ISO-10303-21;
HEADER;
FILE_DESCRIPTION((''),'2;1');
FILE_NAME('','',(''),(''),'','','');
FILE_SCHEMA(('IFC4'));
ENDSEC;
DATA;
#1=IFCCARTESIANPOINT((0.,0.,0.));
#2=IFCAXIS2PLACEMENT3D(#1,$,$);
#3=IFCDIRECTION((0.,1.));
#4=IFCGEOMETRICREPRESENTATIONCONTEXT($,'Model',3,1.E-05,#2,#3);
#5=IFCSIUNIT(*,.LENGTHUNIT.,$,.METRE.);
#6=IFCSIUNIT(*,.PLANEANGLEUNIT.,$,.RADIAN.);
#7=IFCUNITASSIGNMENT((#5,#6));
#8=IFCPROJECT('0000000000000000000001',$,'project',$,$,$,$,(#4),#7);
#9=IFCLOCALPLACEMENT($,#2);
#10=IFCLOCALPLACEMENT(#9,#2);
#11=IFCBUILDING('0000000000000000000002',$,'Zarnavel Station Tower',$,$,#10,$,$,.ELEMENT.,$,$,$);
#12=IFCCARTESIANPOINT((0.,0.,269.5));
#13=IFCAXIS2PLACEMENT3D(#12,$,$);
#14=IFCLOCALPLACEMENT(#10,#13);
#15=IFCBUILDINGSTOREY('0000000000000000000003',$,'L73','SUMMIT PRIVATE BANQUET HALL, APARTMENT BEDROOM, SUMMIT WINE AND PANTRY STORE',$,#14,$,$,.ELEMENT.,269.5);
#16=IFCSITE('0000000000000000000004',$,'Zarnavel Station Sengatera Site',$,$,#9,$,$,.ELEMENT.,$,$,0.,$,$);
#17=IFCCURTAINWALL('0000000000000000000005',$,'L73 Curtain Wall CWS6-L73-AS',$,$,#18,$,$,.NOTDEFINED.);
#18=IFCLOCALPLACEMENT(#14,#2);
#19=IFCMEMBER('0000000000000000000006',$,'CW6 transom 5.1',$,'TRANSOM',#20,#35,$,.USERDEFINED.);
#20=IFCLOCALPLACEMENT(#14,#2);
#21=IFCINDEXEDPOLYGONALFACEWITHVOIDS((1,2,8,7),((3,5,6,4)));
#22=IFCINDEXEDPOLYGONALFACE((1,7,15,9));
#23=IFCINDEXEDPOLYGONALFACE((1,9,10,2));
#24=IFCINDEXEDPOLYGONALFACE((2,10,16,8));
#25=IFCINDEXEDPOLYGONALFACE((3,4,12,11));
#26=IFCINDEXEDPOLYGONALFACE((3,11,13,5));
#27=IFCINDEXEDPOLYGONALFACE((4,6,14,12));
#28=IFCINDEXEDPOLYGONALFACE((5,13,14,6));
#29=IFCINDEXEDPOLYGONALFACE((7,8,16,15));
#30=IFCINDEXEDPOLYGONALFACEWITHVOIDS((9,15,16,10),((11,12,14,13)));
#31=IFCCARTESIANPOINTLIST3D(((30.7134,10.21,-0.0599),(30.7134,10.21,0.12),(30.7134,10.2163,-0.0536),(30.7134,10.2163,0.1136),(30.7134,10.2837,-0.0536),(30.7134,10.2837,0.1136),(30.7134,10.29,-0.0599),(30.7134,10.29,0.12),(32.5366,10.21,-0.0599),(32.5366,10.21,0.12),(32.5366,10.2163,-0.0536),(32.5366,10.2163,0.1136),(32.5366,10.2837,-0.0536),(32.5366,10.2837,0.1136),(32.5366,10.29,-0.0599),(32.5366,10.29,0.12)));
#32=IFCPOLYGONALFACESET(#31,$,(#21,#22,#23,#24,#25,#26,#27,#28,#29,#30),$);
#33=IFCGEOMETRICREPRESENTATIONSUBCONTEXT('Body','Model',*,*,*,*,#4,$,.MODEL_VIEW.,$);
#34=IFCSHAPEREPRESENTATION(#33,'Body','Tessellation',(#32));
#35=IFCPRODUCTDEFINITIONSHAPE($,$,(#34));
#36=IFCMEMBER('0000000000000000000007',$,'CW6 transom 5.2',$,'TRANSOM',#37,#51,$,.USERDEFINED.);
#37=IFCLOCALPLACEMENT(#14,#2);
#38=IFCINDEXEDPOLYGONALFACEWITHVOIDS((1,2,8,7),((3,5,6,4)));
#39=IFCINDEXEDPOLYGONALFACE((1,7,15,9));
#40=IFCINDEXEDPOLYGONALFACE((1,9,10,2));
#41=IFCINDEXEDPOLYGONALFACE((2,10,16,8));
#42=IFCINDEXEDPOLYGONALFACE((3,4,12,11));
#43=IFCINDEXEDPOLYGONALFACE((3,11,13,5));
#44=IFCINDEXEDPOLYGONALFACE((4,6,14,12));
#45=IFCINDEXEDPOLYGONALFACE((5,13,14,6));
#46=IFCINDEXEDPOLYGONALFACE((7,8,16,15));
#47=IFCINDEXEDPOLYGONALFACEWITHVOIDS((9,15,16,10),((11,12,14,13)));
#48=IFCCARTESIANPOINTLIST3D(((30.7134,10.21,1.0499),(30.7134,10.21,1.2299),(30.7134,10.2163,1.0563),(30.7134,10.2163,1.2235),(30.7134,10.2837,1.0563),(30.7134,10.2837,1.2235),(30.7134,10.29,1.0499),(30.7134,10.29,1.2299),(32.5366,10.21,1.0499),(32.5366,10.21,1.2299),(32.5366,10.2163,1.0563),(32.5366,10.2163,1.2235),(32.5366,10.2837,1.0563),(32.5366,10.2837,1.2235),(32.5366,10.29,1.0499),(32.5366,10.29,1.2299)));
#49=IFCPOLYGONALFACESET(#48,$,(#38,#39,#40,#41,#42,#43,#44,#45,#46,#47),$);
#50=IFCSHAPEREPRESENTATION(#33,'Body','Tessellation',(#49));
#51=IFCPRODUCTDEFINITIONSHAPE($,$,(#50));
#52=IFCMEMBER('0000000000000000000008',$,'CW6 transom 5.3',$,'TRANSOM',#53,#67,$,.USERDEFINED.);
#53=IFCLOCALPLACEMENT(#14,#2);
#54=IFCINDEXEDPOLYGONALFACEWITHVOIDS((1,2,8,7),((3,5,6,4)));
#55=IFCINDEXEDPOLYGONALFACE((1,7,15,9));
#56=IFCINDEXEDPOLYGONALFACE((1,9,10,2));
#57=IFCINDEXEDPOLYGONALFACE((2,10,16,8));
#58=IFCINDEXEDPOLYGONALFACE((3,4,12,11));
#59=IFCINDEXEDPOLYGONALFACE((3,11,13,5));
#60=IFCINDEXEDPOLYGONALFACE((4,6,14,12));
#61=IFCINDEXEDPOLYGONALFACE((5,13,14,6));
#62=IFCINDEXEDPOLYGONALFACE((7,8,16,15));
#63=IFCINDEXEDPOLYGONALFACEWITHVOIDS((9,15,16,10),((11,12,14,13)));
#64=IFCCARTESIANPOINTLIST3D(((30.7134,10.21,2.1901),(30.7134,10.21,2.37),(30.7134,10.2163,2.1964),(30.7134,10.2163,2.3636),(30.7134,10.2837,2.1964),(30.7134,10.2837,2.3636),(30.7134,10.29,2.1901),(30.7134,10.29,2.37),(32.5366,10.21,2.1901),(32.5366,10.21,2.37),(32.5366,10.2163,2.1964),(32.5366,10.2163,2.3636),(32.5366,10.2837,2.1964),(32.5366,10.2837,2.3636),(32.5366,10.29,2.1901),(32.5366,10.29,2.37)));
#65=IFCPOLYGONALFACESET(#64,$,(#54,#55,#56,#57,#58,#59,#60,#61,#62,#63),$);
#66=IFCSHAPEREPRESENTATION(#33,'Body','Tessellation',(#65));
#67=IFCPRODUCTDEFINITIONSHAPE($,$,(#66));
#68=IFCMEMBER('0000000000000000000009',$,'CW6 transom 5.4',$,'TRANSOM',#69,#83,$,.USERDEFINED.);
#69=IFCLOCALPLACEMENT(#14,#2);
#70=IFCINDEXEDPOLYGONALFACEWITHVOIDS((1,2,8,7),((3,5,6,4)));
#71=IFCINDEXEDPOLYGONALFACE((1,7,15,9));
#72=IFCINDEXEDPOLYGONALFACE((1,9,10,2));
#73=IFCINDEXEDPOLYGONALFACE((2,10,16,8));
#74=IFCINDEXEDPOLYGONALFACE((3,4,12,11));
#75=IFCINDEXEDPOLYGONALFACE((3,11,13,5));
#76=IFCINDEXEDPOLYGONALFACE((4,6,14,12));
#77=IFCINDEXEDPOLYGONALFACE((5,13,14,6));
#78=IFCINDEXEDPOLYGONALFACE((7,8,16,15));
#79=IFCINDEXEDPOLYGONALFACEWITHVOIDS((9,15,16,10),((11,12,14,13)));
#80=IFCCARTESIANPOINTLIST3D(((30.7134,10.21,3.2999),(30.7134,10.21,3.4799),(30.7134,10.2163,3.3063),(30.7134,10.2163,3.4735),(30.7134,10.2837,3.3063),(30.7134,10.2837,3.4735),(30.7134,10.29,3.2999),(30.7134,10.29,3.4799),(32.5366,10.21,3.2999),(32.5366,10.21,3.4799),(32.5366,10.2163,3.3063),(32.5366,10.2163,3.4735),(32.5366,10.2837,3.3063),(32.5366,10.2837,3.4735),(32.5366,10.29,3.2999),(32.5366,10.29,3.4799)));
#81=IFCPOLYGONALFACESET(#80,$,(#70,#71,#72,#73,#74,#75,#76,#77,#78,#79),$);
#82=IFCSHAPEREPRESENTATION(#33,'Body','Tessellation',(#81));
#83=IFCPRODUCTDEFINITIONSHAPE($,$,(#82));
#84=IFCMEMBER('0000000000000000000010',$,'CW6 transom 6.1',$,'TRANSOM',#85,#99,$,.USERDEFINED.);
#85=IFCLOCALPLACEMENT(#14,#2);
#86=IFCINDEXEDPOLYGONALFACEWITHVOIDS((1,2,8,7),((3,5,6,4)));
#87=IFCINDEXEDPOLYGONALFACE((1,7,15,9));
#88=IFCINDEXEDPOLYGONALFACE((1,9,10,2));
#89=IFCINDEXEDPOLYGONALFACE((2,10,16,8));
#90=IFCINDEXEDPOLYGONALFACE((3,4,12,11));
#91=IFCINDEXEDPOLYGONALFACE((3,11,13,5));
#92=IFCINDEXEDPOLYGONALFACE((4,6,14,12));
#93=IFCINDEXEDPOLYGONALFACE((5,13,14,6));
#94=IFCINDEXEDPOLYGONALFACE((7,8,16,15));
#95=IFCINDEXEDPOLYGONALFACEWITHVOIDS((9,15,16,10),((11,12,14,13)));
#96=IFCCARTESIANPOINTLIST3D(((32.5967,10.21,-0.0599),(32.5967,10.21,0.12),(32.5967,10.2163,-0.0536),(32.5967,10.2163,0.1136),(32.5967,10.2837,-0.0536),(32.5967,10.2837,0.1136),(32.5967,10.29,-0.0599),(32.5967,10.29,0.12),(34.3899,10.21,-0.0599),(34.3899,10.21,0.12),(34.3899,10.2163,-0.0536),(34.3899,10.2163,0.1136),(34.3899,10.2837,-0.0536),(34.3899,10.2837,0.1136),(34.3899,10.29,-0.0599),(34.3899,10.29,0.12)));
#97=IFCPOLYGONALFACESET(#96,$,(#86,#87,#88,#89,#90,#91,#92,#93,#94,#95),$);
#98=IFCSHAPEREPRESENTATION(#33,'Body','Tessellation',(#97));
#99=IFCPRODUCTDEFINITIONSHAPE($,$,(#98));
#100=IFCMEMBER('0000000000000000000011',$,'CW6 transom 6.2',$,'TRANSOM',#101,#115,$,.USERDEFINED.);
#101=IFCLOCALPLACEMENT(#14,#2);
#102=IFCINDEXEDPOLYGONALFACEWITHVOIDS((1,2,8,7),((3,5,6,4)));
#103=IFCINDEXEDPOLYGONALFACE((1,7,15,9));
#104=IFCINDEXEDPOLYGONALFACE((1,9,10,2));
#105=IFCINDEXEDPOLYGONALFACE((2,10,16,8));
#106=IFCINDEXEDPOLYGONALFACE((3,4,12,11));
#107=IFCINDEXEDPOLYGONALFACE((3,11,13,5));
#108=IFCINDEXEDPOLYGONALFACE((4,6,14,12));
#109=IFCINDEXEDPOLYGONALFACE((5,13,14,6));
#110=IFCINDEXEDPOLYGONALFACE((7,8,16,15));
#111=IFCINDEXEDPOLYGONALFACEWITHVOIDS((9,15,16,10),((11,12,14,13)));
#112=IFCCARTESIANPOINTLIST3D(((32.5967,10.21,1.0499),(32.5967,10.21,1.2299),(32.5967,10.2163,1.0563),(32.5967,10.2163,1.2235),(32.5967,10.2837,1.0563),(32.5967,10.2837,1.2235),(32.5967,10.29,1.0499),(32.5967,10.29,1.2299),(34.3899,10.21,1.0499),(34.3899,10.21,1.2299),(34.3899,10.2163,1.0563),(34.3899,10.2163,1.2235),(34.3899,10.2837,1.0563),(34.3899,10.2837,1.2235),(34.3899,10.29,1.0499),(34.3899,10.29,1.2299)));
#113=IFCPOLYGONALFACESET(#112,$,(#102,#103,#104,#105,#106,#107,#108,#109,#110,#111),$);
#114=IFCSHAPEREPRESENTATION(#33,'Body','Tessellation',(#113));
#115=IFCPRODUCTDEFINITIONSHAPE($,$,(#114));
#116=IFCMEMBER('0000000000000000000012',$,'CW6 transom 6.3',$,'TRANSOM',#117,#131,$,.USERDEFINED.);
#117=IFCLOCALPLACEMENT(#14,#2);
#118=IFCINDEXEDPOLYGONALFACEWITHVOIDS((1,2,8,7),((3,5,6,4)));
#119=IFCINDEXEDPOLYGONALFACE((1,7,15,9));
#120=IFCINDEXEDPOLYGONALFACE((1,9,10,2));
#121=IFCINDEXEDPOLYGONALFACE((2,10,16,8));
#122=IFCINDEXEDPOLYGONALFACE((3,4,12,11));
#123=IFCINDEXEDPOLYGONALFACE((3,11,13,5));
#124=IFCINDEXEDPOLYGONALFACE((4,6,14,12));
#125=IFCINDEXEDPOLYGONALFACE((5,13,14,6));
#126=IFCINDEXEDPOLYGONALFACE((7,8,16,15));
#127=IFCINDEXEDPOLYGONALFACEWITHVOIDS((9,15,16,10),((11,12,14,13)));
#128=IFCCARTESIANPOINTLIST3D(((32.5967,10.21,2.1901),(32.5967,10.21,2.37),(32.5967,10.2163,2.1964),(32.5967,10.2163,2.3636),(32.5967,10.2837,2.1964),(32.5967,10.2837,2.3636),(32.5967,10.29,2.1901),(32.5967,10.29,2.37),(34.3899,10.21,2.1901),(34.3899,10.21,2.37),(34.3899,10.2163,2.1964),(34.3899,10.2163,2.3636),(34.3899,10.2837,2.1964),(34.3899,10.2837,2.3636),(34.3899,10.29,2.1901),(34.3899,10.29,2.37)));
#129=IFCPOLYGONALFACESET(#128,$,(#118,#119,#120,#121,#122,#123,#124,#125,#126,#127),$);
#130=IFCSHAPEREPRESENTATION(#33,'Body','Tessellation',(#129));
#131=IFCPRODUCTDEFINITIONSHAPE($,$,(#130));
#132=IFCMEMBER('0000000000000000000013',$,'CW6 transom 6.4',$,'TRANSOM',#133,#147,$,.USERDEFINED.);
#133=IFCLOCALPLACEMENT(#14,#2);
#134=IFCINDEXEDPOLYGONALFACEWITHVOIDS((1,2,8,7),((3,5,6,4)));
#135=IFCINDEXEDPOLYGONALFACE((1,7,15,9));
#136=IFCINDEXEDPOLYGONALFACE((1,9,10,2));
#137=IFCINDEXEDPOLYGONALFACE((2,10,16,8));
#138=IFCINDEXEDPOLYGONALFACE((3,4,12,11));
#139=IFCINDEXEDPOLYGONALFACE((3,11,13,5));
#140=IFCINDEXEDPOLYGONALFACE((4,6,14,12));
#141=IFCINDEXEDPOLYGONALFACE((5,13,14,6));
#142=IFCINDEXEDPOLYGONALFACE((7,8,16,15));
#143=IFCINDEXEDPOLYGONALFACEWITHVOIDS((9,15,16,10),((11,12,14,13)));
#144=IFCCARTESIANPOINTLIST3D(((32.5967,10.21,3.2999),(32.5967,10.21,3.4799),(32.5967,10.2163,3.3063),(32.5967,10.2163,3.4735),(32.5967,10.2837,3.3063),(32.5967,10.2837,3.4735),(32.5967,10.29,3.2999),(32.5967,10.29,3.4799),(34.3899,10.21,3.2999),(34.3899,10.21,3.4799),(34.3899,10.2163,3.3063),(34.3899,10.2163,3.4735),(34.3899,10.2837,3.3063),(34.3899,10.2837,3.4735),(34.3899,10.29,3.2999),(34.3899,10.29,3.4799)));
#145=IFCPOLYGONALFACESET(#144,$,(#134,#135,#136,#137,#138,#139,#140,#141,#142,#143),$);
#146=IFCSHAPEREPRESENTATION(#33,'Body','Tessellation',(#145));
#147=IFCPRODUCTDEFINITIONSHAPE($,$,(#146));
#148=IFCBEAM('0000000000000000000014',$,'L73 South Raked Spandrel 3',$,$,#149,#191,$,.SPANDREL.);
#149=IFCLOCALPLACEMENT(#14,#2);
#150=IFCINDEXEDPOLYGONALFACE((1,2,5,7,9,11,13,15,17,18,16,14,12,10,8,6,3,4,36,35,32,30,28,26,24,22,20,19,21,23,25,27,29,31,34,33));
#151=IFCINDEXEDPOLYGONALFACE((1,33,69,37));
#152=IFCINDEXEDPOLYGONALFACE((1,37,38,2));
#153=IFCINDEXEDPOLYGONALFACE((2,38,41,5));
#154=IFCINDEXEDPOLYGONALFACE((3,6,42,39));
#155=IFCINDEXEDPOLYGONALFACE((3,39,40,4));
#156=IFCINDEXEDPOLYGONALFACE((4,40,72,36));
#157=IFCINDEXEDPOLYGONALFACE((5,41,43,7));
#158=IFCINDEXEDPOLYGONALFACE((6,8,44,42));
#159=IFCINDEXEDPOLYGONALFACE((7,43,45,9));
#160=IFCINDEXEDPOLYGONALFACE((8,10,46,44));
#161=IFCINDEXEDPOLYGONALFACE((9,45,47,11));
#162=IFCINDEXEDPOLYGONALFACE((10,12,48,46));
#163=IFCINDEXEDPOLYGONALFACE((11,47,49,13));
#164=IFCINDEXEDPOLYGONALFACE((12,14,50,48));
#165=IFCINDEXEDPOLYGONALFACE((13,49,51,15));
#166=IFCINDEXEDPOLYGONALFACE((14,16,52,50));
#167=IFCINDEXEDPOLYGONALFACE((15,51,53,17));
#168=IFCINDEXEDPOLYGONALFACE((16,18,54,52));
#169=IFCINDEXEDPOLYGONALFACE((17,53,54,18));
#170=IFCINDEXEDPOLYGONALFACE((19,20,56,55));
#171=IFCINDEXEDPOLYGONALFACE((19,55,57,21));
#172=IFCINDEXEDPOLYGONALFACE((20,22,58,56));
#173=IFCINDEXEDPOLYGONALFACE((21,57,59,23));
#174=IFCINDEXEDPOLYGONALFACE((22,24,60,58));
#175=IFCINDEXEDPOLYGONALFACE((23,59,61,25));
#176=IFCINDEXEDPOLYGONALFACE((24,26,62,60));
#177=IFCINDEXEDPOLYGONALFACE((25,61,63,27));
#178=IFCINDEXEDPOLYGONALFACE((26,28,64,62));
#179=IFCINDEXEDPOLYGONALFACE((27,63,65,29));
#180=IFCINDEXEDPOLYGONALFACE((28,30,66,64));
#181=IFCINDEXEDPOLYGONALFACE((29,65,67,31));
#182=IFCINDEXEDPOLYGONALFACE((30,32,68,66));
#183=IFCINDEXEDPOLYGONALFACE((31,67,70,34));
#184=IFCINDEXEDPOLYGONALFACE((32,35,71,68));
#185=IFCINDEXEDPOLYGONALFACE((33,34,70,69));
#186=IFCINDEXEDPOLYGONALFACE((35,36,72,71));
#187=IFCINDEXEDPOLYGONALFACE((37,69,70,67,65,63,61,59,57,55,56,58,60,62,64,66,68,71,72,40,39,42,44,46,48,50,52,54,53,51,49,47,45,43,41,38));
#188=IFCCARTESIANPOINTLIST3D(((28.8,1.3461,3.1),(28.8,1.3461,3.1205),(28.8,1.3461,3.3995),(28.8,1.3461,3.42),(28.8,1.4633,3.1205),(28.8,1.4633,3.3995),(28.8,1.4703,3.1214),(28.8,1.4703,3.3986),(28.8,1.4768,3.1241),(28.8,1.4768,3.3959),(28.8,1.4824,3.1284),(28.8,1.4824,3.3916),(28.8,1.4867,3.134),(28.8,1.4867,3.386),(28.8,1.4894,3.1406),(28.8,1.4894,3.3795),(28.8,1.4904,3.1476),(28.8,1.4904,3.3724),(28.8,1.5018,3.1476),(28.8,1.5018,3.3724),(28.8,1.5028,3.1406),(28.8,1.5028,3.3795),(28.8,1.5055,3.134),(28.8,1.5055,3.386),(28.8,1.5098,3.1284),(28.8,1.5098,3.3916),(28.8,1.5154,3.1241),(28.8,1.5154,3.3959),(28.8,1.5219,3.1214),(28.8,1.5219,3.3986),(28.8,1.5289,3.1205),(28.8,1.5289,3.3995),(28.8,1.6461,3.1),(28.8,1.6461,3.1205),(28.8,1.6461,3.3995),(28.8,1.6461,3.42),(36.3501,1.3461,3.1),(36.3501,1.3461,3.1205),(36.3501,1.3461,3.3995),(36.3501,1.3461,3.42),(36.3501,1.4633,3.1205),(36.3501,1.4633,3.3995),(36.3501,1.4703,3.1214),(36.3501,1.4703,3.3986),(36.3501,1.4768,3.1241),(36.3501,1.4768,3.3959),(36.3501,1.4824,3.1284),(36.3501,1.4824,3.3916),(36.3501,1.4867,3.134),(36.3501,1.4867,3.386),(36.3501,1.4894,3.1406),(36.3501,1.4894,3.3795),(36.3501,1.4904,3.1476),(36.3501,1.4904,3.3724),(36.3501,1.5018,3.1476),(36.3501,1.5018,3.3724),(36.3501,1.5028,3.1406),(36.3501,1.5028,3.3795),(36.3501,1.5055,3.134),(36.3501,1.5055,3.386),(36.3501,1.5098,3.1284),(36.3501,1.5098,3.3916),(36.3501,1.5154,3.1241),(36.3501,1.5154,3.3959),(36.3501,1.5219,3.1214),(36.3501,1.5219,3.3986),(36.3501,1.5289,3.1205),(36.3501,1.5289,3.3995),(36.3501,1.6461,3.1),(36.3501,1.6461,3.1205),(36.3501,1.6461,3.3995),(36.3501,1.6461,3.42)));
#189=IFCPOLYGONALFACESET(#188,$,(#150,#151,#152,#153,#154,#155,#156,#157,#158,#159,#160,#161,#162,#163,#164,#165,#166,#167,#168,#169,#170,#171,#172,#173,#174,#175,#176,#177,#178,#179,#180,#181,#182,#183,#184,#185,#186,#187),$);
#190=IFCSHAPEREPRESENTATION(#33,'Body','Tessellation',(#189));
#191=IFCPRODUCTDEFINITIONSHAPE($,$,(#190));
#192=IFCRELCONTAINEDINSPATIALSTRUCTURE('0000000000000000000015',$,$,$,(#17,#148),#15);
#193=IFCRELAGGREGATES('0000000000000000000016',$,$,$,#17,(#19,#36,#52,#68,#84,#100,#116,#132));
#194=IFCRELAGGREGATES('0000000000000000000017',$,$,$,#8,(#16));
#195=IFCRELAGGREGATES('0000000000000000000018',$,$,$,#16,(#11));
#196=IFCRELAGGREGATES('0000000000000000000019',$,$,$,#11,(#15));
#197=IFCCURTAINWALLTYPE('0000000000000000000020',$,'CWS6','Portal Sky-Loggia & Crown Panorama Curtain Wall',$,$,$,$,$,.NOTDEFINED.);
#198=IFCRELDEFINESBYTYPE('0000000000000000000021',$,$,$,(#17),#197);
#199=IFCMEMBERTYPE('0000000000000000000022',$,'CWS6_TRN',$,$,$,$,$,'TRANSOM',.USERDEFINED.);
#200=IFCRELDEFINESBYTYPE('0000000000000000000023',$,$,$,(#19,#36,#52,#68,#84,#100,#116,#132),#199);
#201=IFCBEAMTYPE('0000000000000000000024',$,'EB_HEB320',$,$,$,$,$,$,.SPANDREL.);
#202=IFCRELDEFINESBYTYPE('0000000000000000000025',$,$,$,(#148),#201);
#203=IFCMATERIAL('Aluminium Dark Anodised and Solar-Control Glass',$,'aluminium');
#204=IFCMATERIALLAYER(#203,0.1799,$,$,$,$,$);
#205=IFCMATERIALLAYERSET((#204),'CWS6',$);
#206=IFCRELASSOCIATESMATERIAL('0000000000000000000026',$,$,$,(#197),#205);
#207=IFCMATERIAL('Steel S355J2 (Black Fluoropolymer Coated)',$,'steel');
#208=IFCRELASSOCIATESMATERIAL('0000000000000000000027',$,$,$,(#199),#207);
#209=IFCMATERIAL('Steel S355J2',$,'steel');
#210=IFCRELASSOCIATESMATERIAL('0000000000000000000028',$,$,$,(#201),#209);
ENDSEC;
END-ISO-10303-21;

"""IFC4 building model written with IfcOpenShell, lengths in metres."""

from ifc_helpers import new_model, si_unit, direction, frame, origin, origin_2d, place, context, subcontext, project, spatial, hollow_rectangle, i_section, extrude, material, layer, layer_set, material_profile, profile_set, type_object, element, aggregate, save


model = new_model("IFC4")

# Units and contexts
model_context = context("Model", 3, precision=1e-05, world=origin(), true_north=direction((0.0, 1.0)))
body_context = subcontext(model_context, "Body", "Model", "MODEL_VIEW")
ifc_project = project(units=[si_unit("LENGTHUNIT", "METRE"), si_unit("PLANEANGLEUNIT", "RADIAN")], contexts=[model_context])

# Site, building, storey
site_placement = place(None, origin())
site = spatial("IfcSite", under=ifc_project, at=site_placement, Name="Zarnavel Station Sengatera Site", CompositionType="ELEMENT", RefElevation=0.0)
building_placement = place(site_placement, origin())
building = spatial("IfcBuilding", under=site, at=building_placement, Name="Zarnavel Station Tower", CompositionType="ELEMENT")
storey_placement = place(building_placement, frame((0.0, 0.0, 269.5)))
storey = spatial("IfcBuildingStorey", under=building, at=storey_placement, Name="L73", Description="SUMMIT PRIVATE BANQUET HALL, APARTMENT BEDROOM, SUMMIT WINE AND PANTRY STORE", CompositionType="ELEMENT", Elevation=269.5)

# Curtain wall, members
ifc_material_1 = material(Name="Aluminium Dark Anodised and Solar-Control Glass", Category="aluminium")
ifc_layer_1 = layer(ifc_material_1, 0.1799)
ifc_layer_set_1 = layer_set([ifc_layer_1], Name="CWS6")
curtain_wall_type = type_object("IfcCurtainWallType", Name="CWS6", Description="Portal Sky-Loggia & Crown Panorama Curtain Wall", PredefinedType="NOTDEFINED", material=ifc_layer_set_1)
curtain_wall_placement = place(storey_placement, origin())
curtain_wall = element("IfcCurtainWall", 1, at=curtain_wall_placement, inside=storey, type_object=curtain_wall_type, Name="L73 Curtain Wall CWS6-L73-AS", PredefinedType="NOTDEFINED")
ifc_material_2 = material(Name="Steel S355J2 (Black Fluoropolymer Coated)", Category="steel")
ifc_material_profile_1 = material_profile(ifc_material_2, hollow_rectangle(XDim=0.0801, YDim=0.1799, WallThickness=0.0063, at=origin_2d()), Name="RHS180x80x6.3")
ifc_profile_set_1 = profile_set([ifc_material_profile_1], Name="Steel S355J2 (Black Fluoropolymer Coated)")
member_type_1 = type_object("IfcMemberType", Name="CWS6_TRN", ElementType="TRANSOM", PredefinedType="USERDEFINED", material=ifc_profile_set_1)
member_1_placement = place(storey_placement, frame((30.7134, 10.25, 0.03), z_axis=(1.0, 0.0, 0.0), x_axis=(0.0, 1.0, 0.0)))
member_1 = element("IfcMember", 2, at=member_1_placement, type_object=member_type_1, Name="CW6 transom 5.1", ObjectType="TRANSOM", PredefinedType="USERDEFINED", context=body_context, shape_type="SweptSolid", body=[
    extrude(hollow_rectangle(XDim=0.0801, YDim=0.1799, WallThickness=0.0063, at=origin_2d()), origin(), (0.0, 0.0, 1.0), 1.8232),
])
member_2_placement = place(storey_placement, frame((30.7134, 10.25, 1.1399), z_axis=(1.0, 0.0, 0.0), x_axis=(0.0, 1.0, 0.0)))
member_2 = element("IfcMember", 3, at=member_2_placement, type_object=member_type_1, Name="CW6 transom 5.2", ObjectType="TRANSOM", PredefinedType="USERDEFINED", context=body_context, shape_type="SweptSolid", body=[
    extrude(hollow_rectangle(XDim=0.0801, YDim=0.1799, WallThickness=0.0063, at=origin_2d()), origin(), (0.0, 0.0, 1.0), 1.8232),
])
member_3_placement = place(storey_placement, frame((30.7134, 10.25, 2.28), z_axis=(1.0, 0.0, 0.0), x_axis=(0.0, 1.0, 0.0)))
member_3 = element("IfcMember", 4, at=member_3_placement, type_object=member_type_1, Name="CW6 transom 5.3", ObjectType="TRANSOM", PredefinedType="USERDEFINED", context=body_context, shape_type="SweptSolid", body=[
    extrude(hollow_rectangle(XDim=0.0801, YDim=0.1799, WallThickness=0.0063, at=origin_2d()), origin(), (0.0, 0.0, 1.0), 1.8232),
])
member_4_placement = place(storey_placement, frame((30.7134, 10.25, 3.3899), z_axis=(1.0, 0.0, 0.0), x_axis=(0.0, 1.0, 0.0)))
member_4 = element("IfcMember", 5, at=member_4_placement, type_object=member_type_1, Name="CW6 transom 5.4", ObjectType="TRANSOM", PredefinedType="USERDEFINED", context=body_context, shape_type="SweptSolid", body=[
    extrude(hollow_rectangle(XDim=0.0801, YDim=0.1799, WallThickness=0.0063, at=origin_2d()), origin(), (0.0, 0.0, 1.0), 1.8232),
])
member_5_placement = place(storey_placement, frame((32.5967, 10.25, 0.03), z_axis=(1.0, 0.0, 0.0), x_axis=(0.0, 1.0, 0.0)))
member_5 = element("IfcMember", 6, at=member_5_placement, type_object=member_type_1, Name="CW6 transom 6.1", ObjectType="TRANSOM", PredefinedType="USERDEFINED", context=body_context, shape_type="SweptSolid", body=[
    extrude(hollow_rectangle(XDim=0.0801, YDim=0.1799, WallThickness=0.0063, at=origin_2d()), origin(), (0.0, 0.0, 1.0), 1.7932),
])
member_6_placement = place(storey_placement, frame((32.5967, 10.25, 1.1399), z_axis=(1.0, 0.0, 0.0), x_axis=(0.0, 1.0, 0.0)))
member_6 = element("IfcMember", 7, at=member_6_placement, type_object=member_type_1, Name="CW6 transom 6.2", ObjectType="TRANSOM", PredefinedType="USERDEFINED", context=body_context, shape_type="SweptSolid", body=[
    extrude(hollow_rectangle(XDim=0.0801, YDim=0.1799, WallThickness=0.0063, at=origin_2d()), origin(), (0.0, 0.0, 1.0), 1.7932),
])
member_7_placement = place(storey_placement, frame((32.5967, 10.25, 2.28), z_axis=(1.0, 0.0, 0.0), x_axis=(0.0, 1.0, 0.0)))
member_7 = element("IfcMember", 8, at=member_7_placement, type_object=member_type_1, Name="CW6 transom 6.3", ObjectType="TRANSOM", PredefinedType="USERDEFINED", context=body_context, shape_type="SweptSolid", body=[
    extrude(hollow_rectangle(XDim=0.0801, YDim=0.1799, WallThickness=0.0063, at=origin_2d()), origin(), (0.0, 0.0, 1.0), 1.7932),
])
member_8_placement = place(storey_placement, frame((32.5967, 10.25, 3.3899), z_axis=(1.0, 0.0, 0.0), x_axis=(0.0, 1.0, 0.0)))
member_8 = element("IfcMember", 9, at=member_8_placement, type_object=member_type_1, Name="CW6 transom 6.4", ObjectType="TRANSOM", PredefinedType="USERDEFINED", context=body_context, shape_type="SweptSolid", body=[
    extrude(hollow_rectangle(XDim=0.0801, YDim=0.1799, WallThickness=0.0063, at=origin_2d()), origin(), (0.0, 0.0, 1.0), 1.7932),
])

# Beam
ifc_material_3 = material(Name="Steel S355J2", Category="steel")
ifc_material_profile_2 = material_profile(ifc_material_3, i_section(OverallWidth=0.3, OverallDepth=0.3201, WebThickness=0.0115, FlangeThickness=0.0205, FilletRadius=0.0271, at=origin_2d()), Name="HEB320")
ifc_profile_set_2 = profile_set([ifc_material_profile_2], Name="Steel S355J2")
beam_type_1 = type_object("IfcBeamType", Name="EB_HEB320", PredefinedType="SPANDREL", material=ifc_profile_set_2)
beam_1_placement = place(storey_placement, frame((28.8, 1.4961, 3.26), z_axis=(1.0, 0.0, 0.0), x_axis=(0.0, 1.0, 0.0)))
element("IfcBeam", 10, at=beam_1_placement, inside=storey, type_object=beam_type_1, Name="L73 South Raked Spandrel 3", PredefinedType="SPANDREL", context=body_context, shape_type="SweptSolid", body=[
    extrude(i_section(OverallWidth=0.3, OverallDepth=0.3201, WebThickness=0.0115, FlangeThickness=0.0205, FilletRadius=0.0271, at=origin_2d()), origin(), (0.0, 0.0, 1.0), 7.55),
])

aggregate(curtain_wall, [member_1, member_2, member_3, member_4, member_5, member_6, member_7, member_8])

save(model, "model.ifc")
